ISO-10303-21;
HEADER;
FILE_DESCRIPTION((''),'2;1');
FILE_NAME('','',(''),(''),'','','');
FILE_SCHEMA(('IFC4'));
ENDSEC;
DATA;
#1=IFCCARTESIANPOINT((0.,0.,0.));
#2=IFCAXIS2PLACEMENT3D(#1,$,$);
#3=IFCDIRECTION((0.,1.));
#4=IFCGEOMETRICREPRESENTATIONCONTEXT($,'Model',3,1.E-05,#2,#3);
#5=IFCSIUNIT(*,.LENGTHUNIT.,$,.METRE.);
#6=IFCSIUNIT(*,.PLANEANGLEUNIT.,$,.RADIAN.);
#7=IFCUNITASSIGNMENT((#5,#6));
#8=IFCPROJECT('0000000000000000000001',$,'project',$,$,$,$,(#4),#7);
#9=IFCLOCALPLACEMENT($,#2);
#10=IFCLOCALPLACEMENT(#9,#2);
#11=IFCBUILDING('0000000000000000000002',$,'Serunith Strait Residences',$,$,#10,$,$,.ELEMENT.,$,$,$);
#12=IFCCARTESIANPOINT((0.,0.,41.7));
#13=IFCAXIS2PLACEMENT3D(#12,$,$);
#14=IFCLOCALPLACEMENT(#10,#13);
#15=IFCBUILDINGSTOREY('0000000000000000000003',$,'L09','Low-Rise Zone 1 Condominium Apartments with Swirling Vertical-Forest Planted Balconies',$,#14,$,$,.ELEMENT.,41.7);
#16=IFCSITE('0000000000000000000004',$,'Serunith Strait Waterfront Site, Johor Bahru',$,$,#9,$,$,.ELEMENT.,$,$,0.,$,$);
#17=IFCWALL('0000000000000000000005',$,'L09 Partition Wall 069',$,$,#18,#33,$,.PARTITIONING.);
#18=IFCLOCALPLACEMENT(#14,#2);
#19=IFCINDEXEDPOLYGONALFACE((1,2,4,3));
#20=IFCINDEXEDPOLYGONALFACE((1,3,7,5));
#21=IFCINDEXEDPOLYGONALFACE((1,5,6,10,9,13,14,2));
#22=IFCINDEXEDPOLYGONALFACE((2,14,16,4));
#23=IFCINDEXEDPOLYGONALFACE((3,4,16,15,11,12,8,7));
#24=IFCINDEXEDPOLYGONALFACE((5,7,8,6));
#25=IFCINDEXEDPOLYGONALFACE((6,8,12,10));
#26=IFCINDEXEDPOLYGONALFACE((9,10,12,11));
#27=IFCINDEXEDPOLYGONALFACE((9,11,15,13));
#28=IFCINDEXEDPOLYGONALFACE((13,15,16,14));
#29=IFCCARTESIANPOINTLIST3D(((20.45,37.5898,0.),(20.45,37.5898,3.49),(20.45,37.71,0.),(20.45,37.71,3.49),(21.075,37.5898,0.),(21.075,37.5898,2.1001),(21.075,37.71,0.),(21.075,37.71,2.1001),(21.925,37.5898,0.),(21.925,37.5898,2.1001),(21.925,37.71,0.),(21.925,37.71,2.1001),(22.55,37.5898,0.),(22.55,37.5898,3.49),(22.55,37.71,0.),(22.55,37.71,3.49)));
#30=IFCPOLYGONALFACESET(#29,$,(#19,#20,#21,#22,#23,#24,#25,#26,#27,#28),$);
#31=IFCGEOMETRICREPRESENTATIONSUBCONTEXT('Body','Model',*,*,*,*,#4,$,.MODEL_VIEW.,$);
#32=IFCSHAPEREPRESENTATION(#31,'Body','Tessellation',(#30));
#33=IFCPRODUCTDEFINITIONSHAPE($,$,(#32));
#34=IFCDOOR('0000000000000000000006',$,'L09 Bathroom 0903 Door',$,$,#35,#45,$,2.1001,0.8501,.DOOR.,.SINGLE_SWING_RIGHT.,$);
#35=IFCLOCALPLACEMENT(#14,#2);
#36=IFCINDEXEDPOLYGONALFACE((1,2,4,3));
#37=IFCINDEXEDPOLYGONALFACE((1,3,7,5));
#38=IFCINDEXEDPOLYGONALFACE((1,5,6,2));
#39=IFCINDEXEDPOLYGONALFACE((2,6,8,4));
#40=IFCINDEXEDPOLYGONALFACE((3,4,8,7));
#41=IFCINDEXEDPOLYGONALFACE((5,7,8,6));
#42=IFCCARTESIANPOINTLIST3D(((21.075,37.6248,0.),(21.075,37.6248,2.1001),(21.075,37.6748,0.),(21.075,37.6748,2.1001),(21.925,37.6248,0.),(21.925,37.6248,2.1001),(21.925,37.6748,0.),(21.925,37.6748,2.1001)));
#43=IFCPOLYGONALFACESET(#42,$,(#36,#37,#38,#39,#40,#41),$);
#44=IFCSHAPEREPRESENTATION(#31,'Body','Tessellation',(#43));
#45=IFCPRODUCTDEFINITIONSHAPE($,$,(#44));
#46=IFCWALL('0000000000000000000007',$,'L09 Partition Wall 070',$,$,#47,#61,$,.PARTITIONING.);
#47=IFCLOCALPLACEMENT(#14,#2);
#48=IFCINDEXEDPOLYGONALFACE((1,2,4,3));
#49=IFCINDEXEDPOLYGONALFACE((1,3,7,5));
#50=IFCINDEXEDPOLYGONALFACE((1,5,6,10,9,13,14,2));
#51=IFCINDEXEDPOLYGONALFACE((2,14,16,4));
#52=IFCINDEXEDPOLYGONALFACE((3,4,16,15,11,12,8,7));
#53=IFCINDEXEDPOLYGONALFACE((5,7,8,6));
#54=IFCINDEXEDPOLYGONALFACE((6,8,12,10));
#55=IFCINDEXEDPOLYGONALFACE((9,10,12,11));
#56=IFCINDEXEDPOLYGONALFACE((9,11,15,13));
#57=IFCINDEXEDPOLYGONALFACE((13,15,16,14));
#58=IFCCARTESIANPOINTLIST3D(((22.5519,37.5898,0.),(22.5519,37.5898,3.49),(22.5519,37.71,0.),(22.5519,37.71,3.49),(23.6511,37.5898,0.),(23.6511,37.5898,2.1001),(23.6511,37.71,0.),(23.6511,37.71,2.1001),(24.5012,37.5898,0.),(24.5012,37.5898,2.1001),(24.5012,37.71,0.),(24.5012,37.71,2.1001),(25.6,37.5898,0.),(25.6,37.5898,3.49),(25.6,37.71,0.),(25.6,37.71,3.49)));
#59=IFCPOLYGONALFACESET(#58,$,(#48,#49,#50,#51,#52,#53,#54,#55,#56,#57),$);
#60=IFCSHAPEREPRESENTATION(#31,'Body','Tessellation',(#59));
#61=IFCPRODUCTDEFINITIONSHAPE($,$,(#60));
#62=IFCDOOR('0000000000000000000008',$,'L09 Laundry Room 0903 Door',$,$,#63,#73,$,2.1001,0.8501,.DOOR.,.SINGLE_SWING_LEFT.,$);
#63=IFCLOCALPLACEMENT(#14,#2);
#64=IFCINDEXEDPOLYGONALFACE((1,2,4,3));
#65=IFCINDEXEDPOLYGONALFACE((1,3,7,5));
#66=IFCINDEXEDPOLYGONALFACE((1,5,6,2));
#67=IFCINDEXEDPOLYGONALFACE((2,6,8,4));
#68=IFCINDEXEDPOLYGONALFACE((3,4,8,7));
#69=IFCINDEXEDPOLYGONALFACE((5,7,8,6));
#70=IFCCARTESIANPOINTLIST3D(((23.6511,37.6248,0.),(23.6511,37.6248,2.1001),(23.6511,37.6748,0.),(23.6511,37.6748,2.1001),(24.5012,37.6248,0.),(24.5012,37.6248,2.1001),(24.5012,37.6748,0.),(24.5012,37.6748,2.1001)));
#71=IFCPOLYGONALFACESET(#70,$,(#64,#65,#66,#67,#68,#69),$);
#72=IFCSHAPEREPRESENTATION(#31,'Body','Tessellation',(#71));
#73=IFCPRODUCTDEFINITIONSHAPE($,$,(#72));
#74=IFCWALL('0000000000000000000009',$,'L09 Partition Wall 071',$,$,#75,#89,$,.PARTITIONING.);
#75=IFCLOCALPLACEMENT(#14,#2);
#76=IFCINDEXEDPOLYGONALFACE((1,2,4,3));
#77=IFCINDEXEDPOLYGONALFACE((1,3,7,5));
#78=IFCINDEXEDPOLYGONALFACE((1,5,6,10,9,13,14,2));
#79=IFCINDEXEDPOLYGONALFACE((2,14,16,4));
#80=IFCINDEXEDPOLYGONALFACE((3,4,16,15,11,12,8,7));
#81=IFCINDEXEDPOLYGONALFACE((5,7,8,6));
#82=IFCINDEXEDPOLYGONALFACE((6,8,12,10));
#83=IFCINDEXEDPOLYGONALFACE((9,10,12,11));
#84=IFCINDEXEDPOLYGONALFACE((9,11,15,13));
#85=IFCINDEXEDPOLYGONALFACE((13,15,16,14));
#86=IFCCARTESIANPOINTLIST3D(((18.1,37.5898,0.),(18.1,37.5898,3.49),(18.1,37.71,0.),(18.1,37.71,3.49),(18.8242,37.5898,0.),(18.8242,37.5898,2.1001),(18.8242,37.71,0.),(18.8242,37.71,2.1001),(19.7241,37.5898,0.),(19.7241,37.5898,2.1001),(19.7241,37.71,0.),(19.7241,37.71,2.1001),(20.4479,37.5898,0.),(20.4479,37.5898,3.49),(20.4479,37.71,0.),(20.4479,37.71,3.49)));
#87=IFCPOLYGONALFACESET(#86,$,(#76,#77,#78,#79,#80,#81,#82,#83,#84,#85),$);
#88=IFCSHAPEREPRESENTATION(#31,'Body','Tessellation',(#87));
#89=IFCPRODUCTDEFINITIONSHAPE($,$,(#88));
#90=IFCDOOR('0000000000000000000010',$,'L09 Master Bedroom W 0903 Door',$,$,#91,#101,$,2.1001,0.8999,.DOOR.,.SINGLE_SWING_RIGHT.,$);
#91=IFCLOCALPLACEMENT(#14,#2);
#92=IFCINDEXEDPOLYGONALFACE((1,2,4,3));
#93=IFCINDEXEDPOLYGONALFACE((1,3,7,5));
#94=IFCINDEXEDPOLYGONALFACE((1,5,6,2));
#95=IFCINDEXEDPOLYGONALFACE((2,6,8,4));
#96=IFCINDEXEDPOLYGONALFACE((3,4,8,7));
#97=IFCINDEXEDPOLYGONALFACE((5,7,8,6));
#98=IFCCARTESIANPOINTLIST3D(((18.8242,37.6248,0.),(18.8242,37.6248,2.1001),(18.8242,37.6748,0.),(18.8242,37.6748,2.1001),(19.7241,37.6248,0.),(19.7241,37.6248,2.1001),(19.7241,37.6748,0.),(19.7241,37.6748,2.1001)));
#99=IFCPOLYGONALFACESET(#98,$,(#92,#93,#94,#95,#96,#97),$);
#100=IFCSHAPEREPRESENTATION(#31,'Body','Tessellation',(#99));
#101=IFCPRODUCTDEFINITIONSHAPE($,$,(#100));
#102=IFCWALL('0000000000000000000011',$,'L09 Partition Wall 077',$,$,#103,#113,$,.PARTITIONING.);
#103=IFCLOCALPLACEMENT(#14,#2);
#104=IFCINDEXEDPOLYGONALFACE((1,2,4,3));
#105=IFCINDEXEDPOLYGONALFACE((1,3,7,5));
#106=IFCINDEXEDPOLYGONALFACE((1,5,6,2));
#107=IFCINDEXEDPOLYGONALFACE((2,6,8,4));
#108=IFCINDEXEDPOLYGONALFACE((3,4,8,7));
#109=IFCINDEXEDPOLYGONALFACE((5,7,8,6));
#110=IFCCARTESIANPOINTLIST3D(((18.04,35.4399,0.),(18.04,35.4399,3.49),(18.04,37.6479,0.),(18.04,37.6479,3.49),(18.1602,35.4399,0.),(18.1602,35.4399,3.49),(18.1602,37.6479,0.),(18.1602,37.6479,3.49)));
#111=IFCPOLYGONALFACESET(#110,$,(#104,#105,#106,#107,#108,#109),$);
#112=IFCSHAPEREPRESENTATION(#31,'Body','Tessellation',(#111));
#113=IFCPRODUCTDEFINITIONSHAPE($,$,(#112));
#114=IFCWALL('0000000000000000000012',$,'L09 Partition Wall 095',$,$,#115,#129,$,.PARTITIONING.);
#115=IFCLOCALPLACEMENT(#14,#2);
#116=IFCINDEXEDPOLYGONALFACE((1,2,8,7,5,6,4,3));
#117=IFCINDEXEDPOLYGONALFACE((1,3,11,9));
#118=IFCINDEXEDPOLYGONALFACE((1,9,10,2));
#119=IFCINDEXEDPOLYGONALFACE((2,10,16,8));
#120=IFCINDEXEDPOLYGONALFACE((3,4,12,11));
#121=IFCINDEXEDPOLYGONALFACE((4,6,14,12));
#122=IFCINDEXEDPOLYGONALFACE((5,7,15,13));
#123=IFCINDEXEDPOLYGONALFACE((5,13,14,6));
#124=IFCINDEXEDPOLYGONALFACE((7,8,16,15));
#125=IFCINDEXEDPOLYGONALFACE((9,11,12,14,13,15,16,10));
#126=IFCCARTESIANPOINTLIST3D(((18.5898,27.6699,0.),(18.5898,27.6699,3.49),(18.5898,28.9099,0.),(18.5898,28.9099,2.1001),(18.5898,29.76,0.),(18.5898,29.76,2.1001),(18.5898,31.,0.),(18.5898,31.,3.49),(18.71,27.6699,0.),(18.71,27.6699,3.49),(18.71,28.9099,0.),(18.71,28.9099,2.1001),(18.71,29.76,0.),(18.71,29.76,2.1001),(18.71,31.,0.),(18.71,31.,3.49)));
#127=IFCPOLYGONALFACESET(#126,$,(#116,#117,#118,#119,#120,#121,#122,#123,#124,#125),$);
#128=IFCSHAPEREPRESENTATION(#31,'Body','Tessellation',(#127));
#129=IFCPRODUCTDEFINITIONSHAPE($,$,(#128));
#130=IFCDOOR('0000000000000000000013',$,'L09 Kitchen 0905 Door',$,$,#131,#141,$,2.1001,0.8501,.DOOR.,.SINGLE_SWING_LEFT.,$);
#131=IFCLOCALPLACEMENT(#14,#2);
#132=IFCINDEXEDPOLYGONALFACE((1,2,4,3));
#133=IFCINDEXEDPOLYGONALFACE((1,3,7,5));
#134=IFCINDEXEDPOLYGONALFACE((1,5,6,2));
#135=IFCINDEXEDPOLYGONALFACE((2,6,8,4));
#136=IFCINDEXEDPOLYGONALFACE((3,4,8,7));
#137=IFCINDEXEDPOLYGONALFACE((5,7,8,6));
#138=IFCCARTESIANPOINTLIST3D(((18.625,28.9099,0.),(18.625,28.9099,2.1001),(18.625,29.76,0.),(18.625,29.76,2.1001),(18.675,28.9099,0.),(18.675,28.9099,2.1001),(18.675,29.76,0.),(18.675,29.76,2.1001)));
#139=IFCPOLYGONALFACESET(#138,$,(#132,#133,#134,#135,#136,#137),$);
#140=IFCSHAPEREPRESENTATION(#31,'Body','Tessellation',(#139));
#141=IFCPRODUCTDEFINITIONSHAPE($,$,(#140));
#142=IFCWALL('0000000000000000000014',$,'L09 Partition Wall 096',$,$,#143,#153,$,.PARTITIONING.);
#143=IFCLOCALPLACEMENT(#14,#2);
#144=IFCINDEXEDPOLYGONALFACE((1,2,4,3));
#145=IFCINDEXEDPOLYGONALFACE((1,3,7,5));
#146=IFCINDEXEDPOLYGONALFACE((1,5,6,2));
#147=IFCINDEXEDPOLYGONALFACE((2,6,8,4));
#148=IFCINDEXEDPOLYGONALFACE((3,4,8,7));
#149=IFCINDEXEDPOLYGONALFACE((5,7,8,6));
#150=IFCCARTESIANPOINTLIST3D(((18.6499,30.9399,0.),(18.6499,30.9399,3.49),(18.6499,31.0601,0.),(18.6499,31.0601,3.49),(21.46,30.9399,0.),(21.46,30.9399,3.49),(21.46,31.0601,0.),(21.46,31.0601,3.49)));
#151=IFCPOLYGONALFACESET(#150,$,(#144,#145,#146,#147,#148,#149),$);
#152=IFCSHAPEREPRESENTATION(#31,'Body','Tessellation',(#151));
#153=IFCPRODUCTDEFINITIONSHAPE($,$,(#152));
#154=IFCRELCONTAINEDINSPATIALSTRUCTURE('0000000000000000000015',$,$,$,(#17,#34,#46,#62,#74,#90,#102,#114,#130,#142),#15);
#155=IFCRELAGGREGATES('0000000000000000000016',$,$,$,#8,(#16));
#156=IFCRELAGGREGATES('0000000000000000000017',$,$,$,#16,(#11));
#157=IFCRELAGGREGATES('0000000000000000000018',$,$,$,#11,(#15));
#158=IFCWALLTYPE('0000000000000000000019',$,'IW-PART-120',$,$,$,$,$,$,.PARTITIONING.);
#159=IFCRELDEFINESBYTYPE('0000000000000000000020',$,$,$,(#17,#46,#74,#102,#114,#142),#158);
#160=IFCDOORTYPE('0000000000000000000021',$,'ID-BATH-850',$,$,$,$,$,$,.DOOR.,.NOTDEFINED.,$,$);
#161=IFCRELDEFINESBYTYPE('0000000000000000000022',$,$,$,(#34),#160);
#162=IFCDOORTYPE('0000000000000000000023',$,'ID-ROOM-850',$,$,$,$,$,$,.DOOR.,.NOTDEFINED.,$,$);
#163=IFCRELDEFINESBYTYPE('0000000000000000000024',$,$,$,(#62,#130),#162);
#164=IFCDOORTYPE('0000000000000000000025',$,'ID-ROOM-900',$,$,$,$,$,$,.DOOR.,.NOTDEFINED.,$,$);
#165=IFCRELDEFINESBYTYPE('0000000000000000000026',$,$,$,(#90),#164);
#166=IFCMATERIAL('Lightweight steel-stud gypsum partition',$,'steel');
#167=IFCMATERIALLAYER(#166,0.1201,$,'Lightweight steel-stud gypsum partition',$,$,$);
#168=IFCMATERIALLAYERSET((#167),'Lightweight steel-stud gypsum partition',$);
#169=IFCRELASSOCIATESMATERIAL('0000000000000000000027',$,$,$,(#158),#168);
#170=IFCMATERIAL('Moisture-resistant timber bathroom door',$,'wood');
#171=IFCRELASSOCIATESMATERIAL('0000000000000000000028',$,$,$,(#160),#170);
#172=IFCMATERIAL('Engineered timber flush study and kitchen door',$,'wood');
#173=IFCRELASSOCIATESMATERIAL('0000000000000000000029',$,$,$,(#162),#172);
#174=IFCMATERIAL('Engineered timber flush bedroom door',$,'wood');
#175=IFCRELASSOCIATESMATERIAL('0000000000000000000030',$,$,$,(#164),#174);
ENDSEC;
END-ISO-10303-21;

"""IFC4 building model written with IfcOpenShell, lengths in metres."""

from ifc_helpers import new_model, si_unit, direction, frame, frame_2d, origin, place, context, subcontext, project, spatial, rectangle, extrude, source, transform, mapped, material, layer, layer_set, type_object, element, fill, save


model = new_model("IFC4")

# Units and contexts
model_context = context("Model", 3, precision=1e-05, world=origin(), true_north=direction((0.0, 1.0)))
body_context = subcontext(model_context, "Body", "Model", "MODEL_VIEW")
ifc_project = project(units=[si_unit("LENGTHUNIT", "METRE"), si_unit("PLANEANGLEUNIT", "RADIAN")], contexts=[model_context])

# Site, building, storey
site_placement = place(None, origin())
site = spatial("IfcSite", under=ifc_project, at=site_placement, Name="Serunith Strait Waterfront Site, Johor Bahru", CompositionType="ELEMENT", RefElevation=0.0)
building_placement = place(site_placement, origin())
building = spatial("IfcBuilding", under=site, at=building_placement, Name="Serunith Strait Residences", CompositionType="ELEMENT")
storey_placement = place(building_placement, frame((0.0, 0.0, 41.7)))
storey = spatial("IfcBuildingStorey", under=building, at=storey_placement, Name="L09", Description="Low-Rise Zone 1 Condominium Apartments with Swirling Vertical-Forest Planted Balconies", CompositionType="ELEMENT", Elevation=41.7)

# Walls, openings, doors
ifc_material_1 = material(Name="Lightweight steel-stud gypsum partition", Category="steel")
ifc_layer_1 = layer(ifc_material_1, 0.1201, Name="Lightweight steel-stud gypsum partition")
ifc_layer_set_1 = layer_set([ifc_layer_1], Name="Lightweight steel-stud gypsum partition")
wall_type_1 = type_object("IfcWallType", Name="IW-PART-120", PredefinedType="PARTITIONING", material=ifc_layer_set_1)
wall_1_placement = place(storey_placement, frame((20.45, 37.6499, 0.0), z_axis=(0.0, 0.0, 1.0), x_axis=(1.0, 0.0, 0.0)))
wall_1 = element("IfcWall", 1, at=wall_1_placement, inside=storey, type_object=wall_type_1, Name="L09 Partition Wall 069", PredefinedType="PARTITIONING", context=body_context, shape_type="SweptSolid", body=[
    extrude(rectangle(XDim=2.1001, YDim=0.1201, at=frame_2d((1.05, 0.0))), origin(), (0.0, 0.0, 1.0), 3.49),
])
opening_1_placement = place(wall_1_placement, frame((0.625, 0.0, 0.0)))
opening_1 = element("IfcOpeningElement", 2, at=opening_1_placement, cuts=wall_1, PredefinedType="OPENING", context=body_context, shape_type="SweptSolid", body=[
    extrude(rectangle(XDim=0.8501, YDim=2.1001, at=frame_2d((0.425, 1.05))), frame((0.0, 0.0701, 0.0), z_axis=(0.0, -1.0, 0.0), x_axis=(1.0, 0.0, 0.0)), (0.0, 0.0, 1.0), 0.1401),
])
ifc_material_2 = material(Name="Moisture-resistant timber bathroom door", Category="wood")
door_type_1 = type_object("IfcDoorType", Name="ID-BATH-850", OperationType="NOTDEFINED", PredefinedType="DOOR", material=ifc_material_2)
shared_shape_1 = source(origin(), body_context, "Body", "SweptSolid", [
    extrude(rectangle(XDim=0.8501, YDim=2.1001, at=frame_2d((0.425, 1.05))), frame((0.0, 0.0249, 0.0), z_axis=(0.0, -1.0, 0.0), x_axis=(1.0, 0.0, 0.0)), (0.0, 0.0, 1.0), 0.05),
])
door_1_placement = place(opening_1_placement, origin())
door_1 = element("IfcDoor", 3, at=door_1_placement, inside=storey, type_object=door_type_1, Name="L09 Bathroom 0903 Door", OperationType="SINGLE_SWING_RIGHT", OverallHeight=2.1001, OverallWidth=0.8501, PredefinedType="DOOR", context=body_context, shape_type="MappedRepresentation", body=[
    mapped(shared_shape_1, transform((0.0, 0.0, 0.0), scale=1.0)),
])
fill(opening_1, door_1)
wall_2_placement = place(storey_placement, frame((22.552, 37.6499, 0.0), z_axis=(0.0, 0.0, 1.0), x_axis=(1.0, 0.0, 0.0)))
wall_2 = element("IfcWall", 4, at=wall_2_placement, inside=storey, type_object=wall_type_1, Name="L09 Partition Wall 070", PredefinedType="PARTITIONING", context=body_context, shape_type="SweptSolid", body=[
    extrude(rectangle(XDim=3.0481, YDim=0.1201, at=frame_2d((1.5239, 0.0))), origin(), (0.0, 0.0, 1.0), 3.49),
])
opening_2_placement = place(wall_2_placement, frame((1.0991, 0.0, 0.0)))
opening_2 = element("IfcOpeningElement", 5, at=opening_2_placement, cuts=wall_2, PredefinedType="OPENING", context=body_context, shape_type="SweptSolid", body=[
    extrude(rectangle(XDim=0.8501, YDim=2.1001, at=frame_2d((0.425, 1.05))), frame((0.0, 0.0701, 0.0), z_axis=(0.0, -1.0, 0.0), x_axis=(1.0, 0.0, 0.0)), (0.0, 0.0, 1.0), 0.1401),
])
ifc_material_3 = material(Name="Engineered timber flush study and kitchen door", Category="wood")
door_type_2 = type_object("IfcDoorType", Name="ID-ROOM-850", OperationType="NOTDEFINED", PredefinedType="DOOR", material=ifc_material_3)
door_2_placement = place(opening_2_placement, origin())
door_2 = element("IfcDoor", 6, at=door_2_placement, inside=storey, type_object=door_type_2, Name="L09 Laundry Room 0903 Door", OperationType="SINGLE_SWING_LEFT", OverallHeight=2.1001, OverallWidth=0.8501, PredefinedType="DOOR", context=body_context, shape_type="MappedRepresentation", body=[
    mapped(shared_shape_1, transform((0.0, 0.0, 0.0), scale=1.0)),
])
fill(opening_2, door_2)
wall_3_placement = place(storey_placement, frame((18.1001, 37.6499, 0.0), z_axis=(0.0, 0.0, 1.0), x_axis=(1.0, 0.0, 0.0)))
wall_3 = element("IfcWall", 7, at=wall_3_placement, inside=storey, type_object=wall_type_1, Name="L09 Partition Wall 071", PredefinedType="PARTITIONING", context=body_context, shape_type="SweptSolid", body=[
    extrude(rectangle(XDim=2.3479, YDim=0.1201, at=frame_2d((1.1738, 0.0))), origin(), (0.0, 0.0, 1.0), 3.49),
])
opening_3_placement = place(wall_3_placement, frame((0.7241, 0.0, 0.0)))
opening_3 = element("IfcOpeningElement", 8, at=opening_3_placement, cuts=wall_3, PredefinedType="OPENING", context=body_context, shape_type="SweptSolid", body=[
    extrude(rectangle(XDim=0.8999, YDim=2.1001, at=frame_2d((0.45, 1.05))), frame((0.0, 0.0701, 0.0), z_axis=(0.0, -1.0, 0.0), x_axis=(1.0, 0.0, 0.0)), (0.0, 0.0, 1.0), 0.1401),
])
ifc_material_4 = material(Name="Engineered timber flush bedroom door", Category="wood")
door_type_3 = type_object("IfcDoorType", Name="ID-ROOM-900", OperationType="NOTDEFINED", PredefinedType="DOOR", material=ifc_material_4)
shared_shape_2 = source(origin(), body_context, "Body", "SweptSolid", [
    extrude(rectangle(XDim=0.8999, YDim=2.1001, at=frame_2d((0.45, 1.05))), frame((0.0, 0.0249, 0.0), z_axis=(0.0, -1.0, 0.0), x_axis=(1.0, 0.0, 0.0)), (0.0, 0.0, 1.0), 0.05),
])
door_3_placement = place(opening_3_placement, origin())
door_3 = element("IfcDoor", 9, at=door_3_placement, inside=storey, type_object=door_type_3, Name="L09 Master Bedroom W 0903 Door", OperationType="SINGLE_SWING_RIGHT", OverallHeight=2.1001, OverallWidth=0.8999, PredefinedType="DOOR", context=body_context, shape_type="MappedRepresentation", body=[
    mapped(shared_shape_2, transform((0.0, 0.0, 0.0), scale=1.0)),
])
fill(opening_3, door_3)

# Wall
wall_4_placement = place(storey_placement, frame((18.1001, 37.6479, 0.0), z_axis=(0.0, 0.0, 1.0), x_axis=(0.0, -1.0, 0.0)))
element("IfcWall", 10, at=wall_4_placement, inside=storey, type_object=wall_type_1, Name="L09 Partition Wall 077", PredefinedType="PARTITIONING", context=body_context, shape_type="SweptSolid", body=[
    extrude(rectangle(XDim=2.208, YDim=0.1201, at=frame_2d((1.104, 0.0))), origin(), (0.0, 0.0, 1.0), 3.49),
])

# Wall, opening, door
wall_5_placement = place(storey_placement, frame((18.6499, 27.6699, 0.0), z_axis=(0.0, 0.0, 1.0), x_axis=(0.0, 1.0, 0.0)))
wall_5 = element("IfcWall", 11, at=wall_5_placement, inside=storey, type_object=wall_type_1, Name="L09 Partition Wall 095", PredefinedType="PARTITIONING", context=body_context, shape_type="SweptSolid", body=[
    extrude(rectangle(XDim=3.3301, YDim=0.1201, at=frame_2d((1.665, 0.0))), origin(), (0.0, 0.0, 1.0), 3.49),
])
opening_4_placement = place(wall_5_placement, frame((1.24, 0.0, 0.0)))
opening_4 = element("IfcOpeningElement", 12, at=opening_4_placement, cuts=wall_5, PredefinedType="OPENING", context=body_context, shape_type="SweptSolid", body=[
    extrude(rectangle(XDim=0.8501, YDim=2.1001, at=frame_2d((0.425, 1.05))), frame((0.0, 0.0701, 0.0), z_axis=(0.0, -1.0, 0.0), x_axis=(1.0, 0.0, 0.0)), (0.0, 0.0, 1.0), 0.1401),
])
door_4_placement = place(opening_4_placement, origin())
door_4 = element("IfcDoor", 13, at=door_4_placement, inside=storey, type_object=door_type_2, Name="L09 Kitchen 0905 Door", OperationType="SINGLE_SWING_LEFT", OverallHeight=2.1001, OverallWidth=0.8501, PredefinedType="DOOR", context=body_context, shape_type="MappedRepresentation", body=[
    mapped(shared_shape_1, transform((0.0, 0.0, 0.0), scale=1.0)),
])
fill(opening_4, door_4)

# Wall
wall_6_placement = place(storey_placement, frame((18.6499, 31.0, 0.0), z_axis=(0.0, 0.0, 1.0), x_axis=(1.0, 0.0, 0.0)))
element("IfcWall", 14, at=wall_6_placement, inside=storey, type_object=wall_type_1, Name="L09 Partition Wall 096", PredefinedType="PARTITIONING", context=body_context, shape_type="SweptSolid", body=[
    extrude(rectangle(XDim=2.8101, YDim=0.1201, at=frame_2d((1.405, 0.0))), origin(), (0.0, 0.0, 1.0), 3.49),
])

save(model, "model.ifc")
